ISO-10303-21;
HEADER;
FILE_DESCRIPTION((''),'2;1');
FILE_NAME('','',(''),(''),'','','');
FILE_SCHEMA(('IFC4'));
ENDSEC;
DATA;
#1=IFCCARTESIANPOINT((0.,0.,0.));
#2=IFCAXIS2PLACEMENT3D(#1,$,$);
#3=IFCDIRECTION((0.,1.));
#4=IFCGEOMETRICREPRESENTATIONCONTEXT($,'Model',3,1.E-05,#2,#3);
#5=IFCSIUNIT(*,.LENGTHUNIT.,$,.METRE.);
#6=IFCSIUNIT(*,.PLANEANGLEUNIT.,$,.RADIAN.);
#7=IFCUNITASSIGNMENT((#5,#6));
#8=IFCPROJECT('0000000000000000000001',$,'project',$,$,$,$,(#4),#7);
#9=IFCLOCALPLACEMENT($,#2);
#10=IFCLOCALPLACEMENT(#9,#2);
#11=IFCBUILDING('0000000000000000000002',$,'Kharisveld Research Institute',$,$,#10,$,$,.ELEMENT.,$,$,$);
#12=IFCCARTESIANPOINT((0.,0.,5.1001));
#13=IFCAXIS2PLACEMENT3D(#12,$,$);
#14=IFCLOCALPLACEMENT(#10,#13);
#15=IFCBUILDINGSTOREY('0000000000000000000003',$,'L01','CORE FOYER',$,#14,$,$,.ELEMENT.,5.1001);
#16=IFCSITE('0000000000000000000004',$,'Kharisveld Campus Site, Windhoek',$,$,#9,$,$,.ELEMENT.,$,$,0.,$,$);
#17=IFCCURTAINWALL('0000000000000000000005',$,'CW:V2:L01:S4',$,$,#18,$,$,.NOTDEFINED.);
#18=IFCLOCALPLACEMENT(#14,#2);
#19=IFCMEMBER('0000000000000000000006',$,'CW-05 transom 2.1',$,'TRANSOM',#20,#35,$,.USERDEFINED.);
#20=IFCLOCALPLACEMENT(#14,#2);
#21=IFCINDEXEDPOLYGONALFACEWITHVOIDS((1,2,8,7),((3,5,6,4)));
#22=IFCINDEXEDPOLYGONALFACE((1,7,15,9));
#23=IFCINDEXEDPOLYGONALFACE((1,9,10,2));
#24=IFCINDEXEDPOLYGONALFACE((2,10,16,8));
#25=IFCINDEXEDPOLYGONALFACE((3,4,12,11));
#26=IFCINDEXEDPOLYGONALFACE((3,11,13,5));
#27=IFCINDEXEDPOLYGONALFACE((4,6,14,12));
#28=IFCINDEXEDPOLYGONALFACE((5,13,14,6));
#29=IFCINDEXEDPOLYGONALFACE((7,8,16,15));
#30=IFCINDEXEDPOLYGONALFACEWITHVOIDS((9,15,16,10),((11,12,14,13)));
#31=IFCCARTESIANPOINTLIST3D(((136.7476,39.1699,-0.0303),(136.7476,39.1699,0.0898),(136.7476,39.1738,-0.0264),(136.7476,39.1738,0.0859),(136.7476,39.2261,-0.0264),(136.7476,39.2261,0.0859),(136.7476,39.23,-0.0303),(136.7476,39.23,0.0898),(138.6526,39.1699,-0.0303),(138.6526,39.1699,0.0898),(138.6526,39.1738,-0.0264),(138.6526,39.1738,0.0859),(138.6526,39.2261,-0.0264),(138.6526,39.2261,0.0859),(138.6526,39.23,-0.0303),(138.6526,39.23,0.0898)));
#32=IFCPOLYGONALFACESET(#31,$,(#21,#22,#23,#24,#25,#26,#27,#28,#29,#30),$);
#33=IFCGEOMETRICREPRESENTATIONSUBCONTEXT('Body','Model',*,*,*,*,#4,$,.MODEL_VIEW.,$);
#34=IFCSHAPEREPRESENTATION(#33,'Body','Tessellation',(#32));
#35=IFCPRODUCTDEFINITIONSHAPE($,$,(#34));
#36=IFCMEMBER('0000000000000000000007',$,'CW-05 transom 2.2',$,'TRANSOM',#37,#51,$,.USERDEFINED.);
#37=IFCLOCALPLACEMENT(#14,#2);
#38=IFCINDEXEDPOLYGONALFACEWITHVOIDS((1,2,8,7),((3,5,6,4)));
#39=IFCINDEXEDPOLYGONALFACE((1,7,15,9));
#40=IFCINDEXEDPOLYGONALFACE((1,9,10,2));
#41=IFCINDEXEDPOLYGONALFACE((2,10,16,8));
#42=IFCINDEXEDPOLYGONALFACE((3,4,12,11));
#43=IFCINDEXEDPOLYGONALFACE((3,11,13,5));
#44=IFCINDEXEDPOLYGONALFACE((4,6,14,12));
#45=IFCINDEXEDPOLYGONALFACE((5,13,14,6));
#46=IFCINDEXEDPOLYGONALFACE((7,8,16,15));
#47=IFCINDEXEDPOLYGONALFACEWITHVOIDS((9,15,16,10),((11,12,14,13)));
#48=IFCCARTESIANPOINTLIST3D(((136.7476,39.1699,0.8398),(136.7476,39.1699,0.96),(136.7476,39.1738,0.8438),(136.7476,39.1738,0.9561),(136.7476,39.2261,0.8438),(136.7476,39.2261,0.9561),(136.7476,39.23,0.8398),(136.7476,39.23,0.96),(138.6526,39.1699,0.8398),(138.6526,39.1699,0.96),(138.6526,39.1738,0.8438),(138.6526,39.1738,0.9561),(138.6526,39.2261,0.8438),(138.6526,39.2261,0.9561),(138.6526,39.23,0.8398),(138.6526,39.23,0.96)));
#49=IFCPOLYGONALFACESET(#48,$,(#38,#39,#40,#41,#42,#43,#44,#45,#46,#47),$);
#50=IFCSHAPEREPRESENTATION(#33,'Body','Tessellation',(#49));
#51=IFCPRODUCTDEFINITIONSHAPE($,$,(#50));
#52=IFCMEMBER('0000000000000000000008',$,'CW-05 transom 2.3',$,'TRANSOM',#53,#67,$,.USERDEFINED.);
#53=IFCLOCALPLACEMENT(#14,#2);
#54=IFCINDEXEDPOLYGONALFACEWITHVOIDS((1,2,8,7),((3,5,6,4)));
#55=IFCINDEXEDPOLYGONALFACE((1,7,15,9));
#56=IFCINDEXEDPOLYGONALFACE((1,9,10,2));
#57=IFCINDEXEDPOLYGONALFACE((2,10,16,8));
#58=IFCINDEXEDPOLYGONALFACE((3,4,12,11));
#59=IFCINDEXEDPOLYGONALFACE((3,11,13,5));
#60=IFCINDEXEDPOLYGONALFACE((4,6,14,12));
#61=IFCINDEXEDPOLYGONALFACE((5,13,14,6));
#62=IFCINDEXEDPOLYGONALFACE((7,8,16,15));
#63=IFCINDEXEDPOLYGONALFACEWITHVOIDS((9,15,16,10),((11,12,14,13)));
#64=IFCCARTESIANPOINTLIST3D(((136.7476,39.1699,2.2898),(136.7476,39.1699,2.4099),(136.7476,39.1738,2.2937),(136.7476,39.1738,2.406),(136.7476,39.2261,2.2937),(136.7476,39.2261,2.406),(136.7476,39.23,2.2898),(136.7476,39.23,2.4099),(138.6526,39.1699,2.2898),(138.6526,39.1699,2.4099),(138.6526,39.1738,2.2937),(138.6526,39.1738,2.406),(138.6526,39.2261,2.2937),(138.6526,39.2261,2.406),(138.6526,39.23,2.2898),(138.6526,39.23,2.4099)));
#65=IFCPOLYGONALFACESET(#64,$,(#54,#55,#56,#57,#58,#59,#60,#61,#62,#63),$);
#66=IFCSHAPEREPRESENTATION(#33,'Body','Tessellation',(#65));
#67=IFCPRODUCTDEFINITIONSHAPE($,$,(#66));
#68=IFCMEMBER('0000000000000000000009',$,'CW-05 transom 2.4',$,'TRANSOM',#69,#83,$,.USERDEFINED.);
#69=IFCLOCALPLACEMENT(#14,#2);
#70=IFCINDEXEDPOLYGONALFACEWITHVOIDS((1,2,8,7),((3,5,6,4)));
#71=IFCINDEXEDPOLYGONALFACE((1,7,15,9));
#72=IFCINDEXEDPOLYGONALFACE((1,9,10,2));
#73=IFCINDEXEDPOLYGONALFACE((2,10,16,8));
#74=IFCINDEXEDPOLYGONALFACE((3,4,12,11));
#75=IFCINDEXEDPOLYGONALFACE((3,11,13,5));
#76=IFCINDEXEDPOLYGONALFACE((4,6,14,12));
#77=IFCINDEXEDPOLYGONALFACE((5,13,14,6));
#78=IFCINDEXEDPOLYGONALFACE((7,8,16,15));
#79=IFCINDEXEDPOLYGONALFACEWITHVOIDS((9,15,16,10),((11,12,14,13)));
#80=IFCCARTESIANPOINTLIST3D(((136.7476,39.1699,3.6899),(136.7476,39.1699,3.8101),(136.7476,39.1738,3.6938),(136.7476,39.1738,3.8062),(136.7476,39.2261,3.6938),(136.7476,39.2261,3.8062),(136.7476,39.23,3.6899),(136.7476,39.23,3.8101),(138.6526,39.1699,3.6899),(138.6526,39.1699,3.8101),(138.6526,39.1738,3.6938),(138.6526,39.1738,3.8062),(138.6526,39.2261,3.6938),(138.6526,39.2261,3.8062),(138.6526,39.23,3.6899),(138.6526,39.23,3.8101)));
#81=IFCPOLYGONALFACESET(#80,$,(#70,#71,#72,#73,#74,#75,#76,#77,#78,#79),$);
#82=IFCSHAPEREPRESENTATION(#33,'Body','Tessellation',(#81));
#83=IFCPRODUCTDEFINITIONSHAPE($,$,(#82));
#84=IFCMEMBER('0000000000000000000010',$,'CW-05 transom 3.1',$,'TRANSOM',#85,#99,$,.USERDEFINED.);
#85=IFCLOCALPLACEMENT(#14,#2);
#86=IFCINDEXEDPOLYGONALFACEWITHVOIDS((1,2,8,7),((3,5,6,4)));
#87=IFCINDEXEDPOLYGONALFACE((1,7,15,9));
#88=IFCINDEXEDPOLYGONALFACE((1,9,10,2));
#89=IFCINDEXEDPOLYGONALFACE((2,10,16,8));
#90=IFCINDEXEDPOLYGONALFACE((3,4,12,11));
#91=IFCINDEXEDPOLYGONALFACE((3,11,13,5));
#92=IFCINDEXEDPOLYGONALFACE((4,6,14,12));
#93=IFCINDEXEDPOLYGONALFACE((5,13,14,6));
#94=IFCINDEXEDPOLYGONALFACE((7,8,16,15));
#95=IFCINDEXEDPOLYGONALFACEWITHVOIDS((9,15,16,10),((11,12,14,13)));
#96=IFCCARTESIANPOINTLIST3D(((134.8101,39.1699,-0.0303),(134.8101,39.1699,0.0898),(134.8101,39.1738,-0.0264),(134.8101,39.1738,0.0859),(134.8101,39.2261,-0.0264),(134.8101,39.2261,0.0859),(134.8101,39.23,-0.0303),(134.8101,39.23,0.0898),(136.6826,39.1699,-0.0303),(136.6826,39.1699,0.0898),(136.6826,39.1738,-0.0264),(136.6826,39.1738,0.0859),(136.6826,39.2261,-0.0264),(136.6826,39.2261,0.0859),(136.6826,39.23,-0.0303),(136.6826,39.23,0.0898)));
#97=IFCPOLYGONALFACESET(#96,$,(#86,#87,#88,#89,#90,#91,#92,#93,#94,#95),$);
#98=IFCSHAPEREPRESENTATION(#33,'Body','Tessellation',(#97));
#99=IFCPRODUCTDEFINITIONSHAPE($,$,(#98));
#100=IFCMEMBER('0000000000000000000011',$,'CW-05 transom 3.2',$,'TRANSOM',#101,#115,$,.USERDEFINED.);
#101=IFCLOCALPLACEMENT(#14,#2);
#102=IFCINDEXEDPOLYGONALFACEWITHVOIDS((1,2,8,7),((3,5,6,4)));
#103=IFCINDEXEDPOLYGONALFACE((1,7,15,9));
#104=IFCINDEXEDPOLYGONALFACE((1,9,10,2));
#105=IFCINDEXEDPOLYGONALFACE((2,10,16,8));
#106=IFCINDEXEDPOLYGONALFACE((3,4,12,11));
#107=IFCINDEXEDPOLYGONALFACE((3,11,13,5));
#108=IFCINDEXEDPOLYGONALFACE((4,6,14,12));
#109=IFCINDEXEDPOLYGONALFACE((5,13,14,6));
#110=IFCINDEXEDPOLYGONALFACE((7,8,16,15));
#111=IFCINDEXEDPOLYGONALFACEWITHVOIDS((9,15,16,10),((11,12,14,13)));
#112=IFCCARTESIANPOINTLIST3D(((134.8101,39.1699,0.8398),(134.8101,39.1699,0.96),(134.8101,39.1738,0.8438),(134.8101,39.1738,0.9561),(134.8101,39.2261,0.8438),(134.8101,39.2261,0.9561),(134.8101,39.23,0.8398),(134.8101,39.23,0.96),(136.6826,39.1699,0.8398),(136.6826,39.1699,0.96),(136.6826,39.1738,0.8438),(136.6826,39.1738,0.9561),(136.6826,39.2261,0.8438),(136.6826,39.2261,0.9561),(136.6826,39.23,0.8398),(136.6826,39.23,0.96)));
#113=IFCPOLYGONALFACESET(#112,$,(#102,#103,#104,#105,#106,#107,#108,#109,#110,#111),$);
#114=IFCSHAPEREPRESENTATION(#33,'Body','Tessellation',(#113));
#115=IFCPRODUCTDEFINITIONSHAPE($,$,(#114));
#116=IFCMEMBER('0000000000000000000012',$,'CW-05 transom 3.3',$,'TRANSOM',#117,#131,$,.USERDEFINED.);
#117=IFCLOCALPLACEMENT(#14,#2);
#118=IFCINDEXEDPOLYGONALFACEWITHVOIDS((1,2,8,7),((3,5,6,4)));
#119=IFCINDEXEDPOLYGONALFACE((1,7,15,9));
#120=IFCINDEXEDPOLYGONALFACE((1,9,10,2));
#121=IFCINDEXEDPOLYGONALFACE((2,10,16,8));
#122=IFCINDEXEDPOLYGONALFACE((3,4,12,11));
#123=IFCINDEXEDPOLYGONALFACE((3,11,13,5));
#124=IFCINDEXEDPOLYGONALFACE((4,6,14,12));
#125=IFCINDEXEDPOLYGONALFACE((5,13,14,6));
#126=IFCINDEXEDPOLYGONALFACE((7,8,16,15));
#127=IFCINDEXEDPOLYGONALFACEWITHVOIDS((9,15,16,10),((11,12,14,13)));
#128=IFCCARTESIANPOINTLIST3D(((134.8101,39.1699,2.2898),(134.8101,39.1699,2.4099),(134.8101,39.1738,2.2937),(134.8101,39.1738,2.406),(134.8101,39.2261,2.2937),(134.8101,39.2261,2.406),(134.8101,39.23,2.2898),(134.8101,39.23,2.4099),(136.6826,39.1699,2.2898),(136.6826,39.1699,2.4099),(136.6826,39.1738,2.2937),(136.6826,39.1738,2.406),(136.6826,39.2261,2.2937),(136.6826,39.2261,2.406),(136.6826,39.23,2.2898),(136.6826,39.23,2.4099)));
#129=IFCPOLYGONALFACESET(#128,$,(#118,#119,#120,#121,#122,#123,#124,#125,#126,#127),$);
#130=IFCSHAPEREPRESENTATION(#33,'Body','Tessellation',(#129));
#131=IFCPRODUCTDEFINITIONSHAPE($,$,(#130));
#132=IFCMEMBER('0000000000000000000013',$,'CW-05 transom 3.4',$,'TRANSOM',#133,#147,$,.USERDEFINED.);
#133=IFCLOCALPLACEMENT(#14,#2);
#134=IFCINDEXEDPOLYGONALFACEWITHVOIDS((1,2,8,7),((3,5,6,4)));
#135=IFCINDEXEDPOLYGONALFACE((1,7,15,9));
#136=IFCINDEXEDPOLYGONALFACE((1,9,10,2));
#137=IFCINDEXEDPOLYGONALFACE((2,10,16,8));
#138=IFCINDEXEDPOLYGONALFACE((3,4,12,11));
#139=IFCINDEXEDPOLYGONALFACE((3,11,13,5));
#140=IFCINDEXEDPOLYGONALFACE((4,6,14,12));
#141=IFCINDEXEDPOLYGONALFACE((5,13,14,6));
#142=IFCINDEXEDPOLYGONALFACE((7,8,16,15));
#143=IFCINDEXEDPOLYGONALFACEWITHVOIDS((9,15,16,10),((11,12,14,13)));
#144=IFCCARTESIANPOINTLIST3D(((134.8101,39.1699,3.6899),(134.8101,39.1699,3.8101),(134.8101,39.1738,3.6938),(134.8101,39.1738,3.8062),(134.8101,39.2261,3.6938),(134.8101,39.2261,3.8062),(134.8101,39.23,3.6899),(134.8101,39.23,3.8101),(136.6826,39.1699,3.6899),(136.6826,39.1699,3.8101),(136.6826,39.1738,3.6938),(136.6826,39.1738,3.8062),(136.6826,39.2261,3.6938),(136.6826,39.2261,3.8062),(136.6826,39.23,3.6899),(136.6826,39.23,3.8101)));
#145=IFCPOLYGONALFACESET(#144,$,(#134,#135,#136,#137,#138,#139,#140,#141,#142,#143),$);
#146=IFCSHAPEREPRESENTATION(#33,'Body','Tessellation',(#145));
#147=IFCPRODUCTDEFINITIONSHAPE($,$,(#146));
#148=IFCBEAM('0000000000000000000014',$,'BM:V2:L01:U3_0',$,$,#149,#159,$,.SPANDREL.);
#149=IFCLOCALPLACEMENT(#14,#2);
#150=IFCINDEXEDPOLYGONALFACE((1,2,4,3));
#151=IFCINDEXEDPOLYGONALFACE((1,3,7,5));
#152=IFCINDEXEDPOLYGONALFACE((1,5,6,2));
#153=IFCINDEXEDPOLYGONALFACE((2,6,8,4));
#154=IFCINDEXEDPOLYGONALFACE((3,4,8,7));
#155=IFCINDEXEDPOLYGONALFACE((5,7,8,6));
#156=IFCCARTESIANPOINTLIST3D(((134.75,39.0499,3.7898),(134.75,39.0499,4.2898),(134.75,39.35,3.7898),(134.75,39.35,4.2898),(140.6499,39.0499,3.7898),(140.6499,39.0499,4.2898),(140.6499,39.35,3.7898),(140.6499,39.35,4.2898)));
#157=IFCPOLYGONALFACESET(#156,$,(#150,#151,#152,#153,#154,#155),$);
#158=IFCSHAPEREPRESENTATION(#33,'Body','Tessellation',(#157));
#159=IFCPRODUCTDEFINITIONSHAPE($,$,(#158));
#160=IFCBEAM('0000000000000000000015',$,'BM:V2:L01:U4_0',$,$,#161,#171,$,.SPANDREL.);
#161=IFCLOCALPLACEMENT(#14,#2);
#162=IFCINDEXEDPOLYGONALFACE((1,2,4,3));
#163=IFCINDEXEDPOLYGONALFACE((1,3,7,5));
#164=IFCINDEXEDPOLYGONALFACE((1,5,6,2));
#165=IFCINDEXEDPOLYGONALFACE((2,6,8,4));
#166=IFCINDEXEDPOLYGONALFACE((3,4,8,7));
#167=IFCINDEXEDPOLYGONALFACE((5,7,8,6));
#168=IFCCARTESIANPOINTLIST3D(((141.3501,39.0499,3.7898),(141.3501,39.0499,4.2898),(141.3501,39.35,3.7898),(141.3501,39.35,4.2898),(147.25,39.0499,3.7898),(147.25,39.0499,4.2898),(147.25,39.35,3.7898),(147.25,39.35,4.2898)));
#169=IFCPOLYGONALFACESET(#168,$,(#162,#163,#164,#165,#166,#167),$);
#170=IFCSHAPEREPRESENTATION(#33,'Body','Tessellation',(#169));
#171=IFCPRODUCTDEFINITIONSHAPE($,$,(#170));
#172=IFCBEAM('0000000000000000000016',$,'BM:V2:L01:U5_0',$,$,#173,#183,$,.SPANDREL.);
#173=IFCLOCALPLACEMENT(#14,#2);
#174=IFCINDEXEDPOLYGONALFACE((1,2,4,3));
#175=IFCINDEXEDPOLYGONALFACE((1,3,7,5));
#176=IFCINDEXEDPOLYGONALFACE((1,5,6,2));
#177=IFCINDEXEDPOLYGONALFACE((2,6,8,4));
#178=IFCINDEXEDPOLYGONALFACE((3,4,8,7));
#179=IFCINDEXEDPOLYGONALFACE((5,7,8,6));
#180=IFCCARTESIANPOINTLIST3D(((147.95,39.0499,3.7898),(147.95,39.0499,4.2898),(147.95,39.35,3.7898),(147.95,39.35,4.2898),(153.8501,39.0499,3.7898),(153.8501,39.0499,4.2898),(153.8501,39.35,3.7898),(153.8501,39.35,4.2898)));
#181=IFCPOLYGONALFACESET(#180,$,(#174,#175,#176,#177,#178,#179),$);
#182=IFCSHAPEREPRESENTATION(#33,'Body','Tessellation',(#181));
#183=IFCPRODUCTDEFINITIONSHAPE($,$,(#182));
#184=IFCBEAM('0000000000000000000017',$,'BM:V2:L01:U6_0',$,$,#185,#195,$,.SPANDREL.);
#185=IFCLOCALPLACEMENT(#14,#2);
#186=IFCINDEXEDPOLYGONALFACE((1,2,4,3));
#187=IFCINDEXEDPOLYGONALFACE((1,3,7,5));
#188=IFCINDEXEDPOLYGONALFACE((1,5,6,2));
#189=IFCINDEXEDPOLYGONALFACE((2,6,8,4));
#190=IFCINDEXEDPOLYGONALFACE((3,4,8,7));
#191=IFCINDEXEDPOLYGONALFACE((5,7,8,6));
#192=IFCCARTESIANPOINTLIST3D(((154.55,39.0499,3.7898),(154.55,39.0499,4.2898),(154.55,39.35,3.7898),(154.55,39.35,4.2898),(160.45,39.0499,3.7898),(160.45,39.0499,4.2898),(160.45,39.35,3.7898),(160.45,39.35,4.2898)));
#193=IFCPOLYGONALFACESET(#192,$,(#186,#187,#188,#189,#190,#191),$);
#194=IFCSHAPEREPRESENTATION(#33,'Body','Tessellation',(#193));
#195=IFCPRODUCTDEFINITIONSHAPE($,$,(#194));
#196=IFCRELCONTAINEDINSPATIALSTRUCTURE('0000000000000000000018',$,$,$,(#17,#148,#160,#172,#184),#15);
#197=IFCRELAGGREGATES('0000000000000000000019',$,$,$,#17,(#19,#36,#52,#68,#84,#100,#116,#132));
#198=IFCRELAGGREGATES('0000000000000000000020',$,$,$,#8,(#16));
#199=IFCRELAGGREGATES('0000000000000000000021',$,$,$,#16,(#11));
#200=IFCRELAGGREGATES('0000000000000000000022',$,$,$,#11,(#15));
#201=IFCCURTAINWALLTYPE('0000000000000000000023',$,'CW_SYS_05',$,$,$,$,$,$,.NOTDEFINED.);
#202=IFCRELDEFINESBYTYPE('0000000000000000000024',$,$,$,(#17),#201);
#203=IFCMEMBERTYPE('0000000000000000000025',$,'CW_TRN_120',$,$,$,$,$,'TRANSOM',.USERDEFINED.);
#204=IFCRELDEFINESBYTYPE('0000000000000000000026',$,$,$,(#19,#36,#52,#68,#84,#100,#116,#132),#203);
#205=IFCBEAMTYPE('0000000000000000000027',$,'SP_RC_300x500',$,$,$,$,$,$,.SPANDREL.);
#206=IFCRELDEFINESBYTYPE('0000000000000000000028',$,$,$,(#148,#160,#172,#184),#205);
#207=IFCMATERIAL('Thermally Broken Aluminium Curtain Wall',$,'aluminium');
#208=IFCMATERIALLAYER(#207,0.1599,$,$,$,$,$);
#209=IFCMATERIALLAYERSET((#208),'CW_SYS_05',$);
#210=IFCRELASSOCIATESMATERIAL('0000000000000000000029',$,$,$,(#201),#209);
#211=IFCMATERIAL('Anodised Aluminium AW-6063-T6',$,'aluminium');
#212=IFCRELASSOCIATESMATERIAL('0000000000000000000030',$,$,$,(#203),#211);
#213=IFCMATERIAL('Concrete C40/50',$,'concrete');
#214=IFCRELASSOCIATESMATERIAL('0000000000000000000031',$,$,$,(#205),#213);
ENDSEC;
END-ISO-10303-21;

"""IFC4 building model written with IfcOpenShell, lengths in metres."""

from ifc_helpers import new_model, si_unit, direction, frame, origin, origin_2d, place, context, subcontext, project, spatial, rectangle, hollow_rectangle, extrude, material, layer, layer_set, material_profile, profile_set, type_object, element, aggregate, save


model = new_model("IFC4")

# Units and contexts
model_context = context("Model", 3, precision=1e-05, world=origin(), true_north=direction((0.0, 1.0)))
body_context = subcontext(model_context, "Body", "Model", "MODEL_VIEW")
ifc_project = project(units=[si_unit("LENGTHUNIT", "METRE"), si_unit("PLANEANGLEUNIT", "RADIAN")], contexts=[model_context])

# Site, building, storey
site_placement = place(None, origin())
site = spatial("IfcSite", under=ifc_project, at=site_placement, Name="Kharisveld Campus Site, Windhoek", CompositionType="ELEMENT", RefElevation=0.0)
building_placement = place(site_placement, origin())
building = spatial("IfcBuilding", under=site, at=building_placement, Name="Kharisveld Research Institute", CompositionType="ELEMENT")
storey_placement = place(building_placement, frame((0.0, 0.0, 5.1001)))
storey = spatial("IfcBuildingStorey", under=building, at=storey_placement, Name="L01", Description="CORE FOYER", CompositionType="ELEMENT", Elevation=5.1001)

# Curtain wall, members
ifc_material_1 = material(Name="Thermally Broken Aluminium Curtain Wall", Category="aluminium")
ifc_layer_1 = layer(ifc_material_1, 0.1599)
ifc_layer_set_1 = layer_set([ifc_layer_1], Name="CW_SYS_05")
curtain_wall_type = type_object("IfcCurtainWallType", Name="CW_SYS_05", PredefinedType="NOTDEFINED", material=ifc_layer_set_1)
curtain_wall_placement = place(storey_placement, origin())
curtain_wall = element("IfcCurtainWall", 1, at=curtain_wall_placement, inside=storey, type_object=curtain_wall_type, Name="CW:V2:L01:S4", PredefinedType="NOTDEFINED")
ifc_material_2 = material(Name="Anodised Aluminium AW-6063-T6", Category="aluminium")
ifc_material_profile_1 = material_profile(ifc_material_2, hollow_rectangle(XDim=0.0601, YDim=0.1201, WallThickness=0.0039, at=origin_2d()))
ifc_profile_set_1 = profile_set([ifc_material_profile_1], Name="Anodised Aluminium AW-6063-T6")
member_type_1 = type_object("IfcMemberType", Name="CW_TRN_120", ElementType="TRANSOM", PredefinedType="USERDEFINED", material=ifc_profile_set_1)
member_1_placement = place(storey_placement, frame((138.6526, 39.2, 0.0298), z_axis=(-1.0, 0.0, 0.0), x_axis=(0.0, -1.0, 0.0)))
member_1 = element("IfcMember", 2, at=member_1_placement, type_object=member_type_1, Name="CW-05 transom 2.1", ObjectType="TRANSOM", PredefinedType="USERDEFINED", context=body_context, shape_type="SweptSolid", body=[
    extrude(hollow_rectangle(XDim=0.0601, YDim=0.1201, WallThickness=0.0039, at=origin_2d()), origin(), (0.0, 0.0, 1.0), 1.905),
])
member_2_placement = place(storey_placement, frame((138.6526, 39.2, 0.8999), z_axis=(-1.0, 0.0, 0.0), x_axis=(0.0, -1.0, 0.0)))
member_2 = element("IfcMember", 3, at=member_2_placement, type_object=member_type_1, Name="CW-05 transom 2.2", ObjectType="TRANSOM", PredefinedType="USERDEFINED", context=body_context, shape_type="SweptSolid", body=[
    extrude(hollow_rectangle(XDim=0.0601, YDim=0.1201, WallThickness=0.0039, at=origin_2d()), origin(), (0.0, 0.0, 1.0), 1.905),
])
member_3_placement = place(storey_placement, frame((138.6526, 39.2, 2.3499), z_axis=(-1.0, 0.0, 0.0), x_axis=(0.0, -1.0, 0.0)))
member_3 = element("IfcMember", 4, at=member_3_placement, type_object=member_type_1, Name="CW-05 transom 2.3", ObjectType="TRANSOM", PredefinedType="USERDEFINED", context=body_context, shape_type="SweptSolid", body=[
    extrude(hollow_rectangle(XDim=0.0601, YDim=0.1201, WallThickness=0.0039, at=origin_2d()), origin(), (0.0, 0.0, 1.0), 1.905),
])
member_4_placement = place(storey_placement, frame((138.6526, 39.2, 3.75), z_axis=(-1.0, 0.0, 0.0), x_axis=(0.0, -1.0, 0.0)))
member_4 = element("IfcMember", 5, at=member_4_placement, type_object=member_type_1, Name="CW-05 transom 2.4", ObjectType="TRANSOM", PredefinedType="USERDEFINED", context=body_context, shape_type="SweptSolid", body=[
    extrude(hollow_rectangle(XDim=0.0601, YDim=0.1201, WallThickness=0.0039, at=origin_2d()), origin(), (0.0, 0.0, 1.0), 1.905),
])
member_5_placement = place(storey_placement, frame((136.6826, 39.2, 0.0298), z_axis=(-1.0, 0.0, 0.0), x_axis=(0.0, -1.0, 0.0)))
member_5 = element("IfcMember", 6, at=member_5_placement, type_object=member_type_1, Name="CW-05 transom 3.1", ObjectType="TRANSOM", PredefinedType="USERDEFINED", context=body_context, shape_type="SweptSolid", body=[
    extrude(hollow_rectangle(XDim=0.0601, YDim=0.1201, WallThickness=0.0039, at=origin_2d()), origin(), (0.0, 0.0, 1.0), 1.8726),
])
member_6_placement = place(storey_placement, frame((136.6826, 39.2, 0.8999), z_axis=(-1.0, 0.0, 0.0), x_axis=(0.0, -1.0, 0.0)))
member_6 = element("IfcMember", 7, at=member_6_placement, type_object=member_type_1, Name="CW-05 transom 3.2", ObjectType="TRANSOM", PredefinedType="USERDEFINED", context=body_context, shape_type="SweptSolid", body=[
    extrude(hollow_rectangle(XDim=0.0601, YDim=0.1201, WallThickness=0.0039, at=origin_2d()), origin(), (0.0, 0.0, 1.0), 1.8726),
])
member_7_placement = place(storey_placement, frame((136.6826, 39.2, 2.3499), z_axis=(-1.0, 0.0, 0.0), x_axis=(0.0, -1.0, 0.0)))
member_7 = element("IfcMember", 8, at=member_7_placement, type_object=member_type_1, Name="CW-05 transom 3.3", ObjectType="TRANSOM", PredefinedType="USERDEFINED", context=body_context, shape_type="SweptSolid", body=[
    extrude(hollow_rectangle(XDim=0.0601, YDim=0.1201, WallThickness=0.0039, at=origin_2d()), origin(), (0.0, 0.0, 1.0), 1.8726),
])
member_8_placement = place(storey_placement, frame((136.6826, 39.2, 3.75), z_axis=(-1.0, 0.0, 0.0), x_axis=(0.0, -1.0, 0.0)))
member_8 = element("IfcMember", 9, at=member_8_placement, type_object=member_type_1, Name="CW-05 transom 3.4", ObjectType="TRANSOM", PredefinedType="USERDEFINED", context=body_context, shape_type="SweptSolid", body=[
    extrude(hollow_rectangle(XDim=0.0601, YDim=0.1201, WallThickness=0.0039, at=origin_2d()), origin(), (0.0, 0.0, 1.0), 1.8726),
])

# Beams
ifc_material_3 = material(Name="Concrete C40/50", Category="concrete")
ifc_material_profile_2 = material_profile(ifc_material_3, rectangle(XDim=0.3, YDim=0.5, at=origin_2d()))
ifc_profile_set_2 = profile_set([ifc_material_profile_2], Name="Concrete C40/50")
beam_type = type_object("IfcBeamType", Name="SP_RC_300x500", PredefinedType="SPANDREL", material=ifc_profile_set_2)
for number, where, z_axis, x_axis, name in (
    (10, (134.75, 39.2, 4.0398), (1.0, 0.0, 0.0), (0.0, 1.0, 0.0), "BM:V2:L01:U3_0"),
    (11, (141.3501, 39.2, 4.0398), (1.0, 0.0, 0.0), (0.0, 1.0, 0.0), "BM:V2:L01:U4_0"),
):
    element("IfcBeam", number, at=place(storey_placement, frame(where, z_axis=z_axis, x_axis=x_axis)), inside=storey, type_object=beam_type, Name=name, PredefinedType="SPANDREL", context=body_context, shape_type="SweptSolid", body=[
        extrude(rectangle(XDim=0.3, YDim=0.5, at=origin_2d()), origin(), (0.0, 0.0, 1.0), 5.8999),
    ])
beam_1_placement = place(storey_placement, frame((147.95, 39.2, 4.0398), z_axis=(1.0, 0.0, 0.0), x_axis=(0.0, 1.0, 0.0)))
element("IfcBeam", 12, at=beam_1_placement, inside=storey, type_object=beam_type, Name="BM:V2:L01:U5_0", PredefinedType="SPANDREL", context=body_context, shape_type="SweptSolid", body=[
    extrude(rectangle(XDim=0.3, YDim=0.5, at=origin_2d()), origin(), (0.0, 0.0, 1.0), 5.9001),
])
beam_2_placement = place(storey_placement, frame((154.55, 39.2, 4.0398), z_axis=(1.0, 0.0, 0.0), x_axis=(0.0, 1.0, 0.0)))
element("IfcBeam", 13, at=beam_2_placement, inside=storey, type_object=beam_type, Name="BM:V2:L01:U6_0", PredefinedType="SPANDREL", context=body_context, shape_type="SweptSolid", body=[
    extrude(rectangle(XDim=0.3, YDim=0.5, at=origin_2d()), origin(), (0.0, 0.0, 1.0), 5.8999),
])

aggregate(curtain_wall, [member_1, member_2, member_3, member_4, member_5, member_6, member_7, member_8])

save(model, "model.ifc")
